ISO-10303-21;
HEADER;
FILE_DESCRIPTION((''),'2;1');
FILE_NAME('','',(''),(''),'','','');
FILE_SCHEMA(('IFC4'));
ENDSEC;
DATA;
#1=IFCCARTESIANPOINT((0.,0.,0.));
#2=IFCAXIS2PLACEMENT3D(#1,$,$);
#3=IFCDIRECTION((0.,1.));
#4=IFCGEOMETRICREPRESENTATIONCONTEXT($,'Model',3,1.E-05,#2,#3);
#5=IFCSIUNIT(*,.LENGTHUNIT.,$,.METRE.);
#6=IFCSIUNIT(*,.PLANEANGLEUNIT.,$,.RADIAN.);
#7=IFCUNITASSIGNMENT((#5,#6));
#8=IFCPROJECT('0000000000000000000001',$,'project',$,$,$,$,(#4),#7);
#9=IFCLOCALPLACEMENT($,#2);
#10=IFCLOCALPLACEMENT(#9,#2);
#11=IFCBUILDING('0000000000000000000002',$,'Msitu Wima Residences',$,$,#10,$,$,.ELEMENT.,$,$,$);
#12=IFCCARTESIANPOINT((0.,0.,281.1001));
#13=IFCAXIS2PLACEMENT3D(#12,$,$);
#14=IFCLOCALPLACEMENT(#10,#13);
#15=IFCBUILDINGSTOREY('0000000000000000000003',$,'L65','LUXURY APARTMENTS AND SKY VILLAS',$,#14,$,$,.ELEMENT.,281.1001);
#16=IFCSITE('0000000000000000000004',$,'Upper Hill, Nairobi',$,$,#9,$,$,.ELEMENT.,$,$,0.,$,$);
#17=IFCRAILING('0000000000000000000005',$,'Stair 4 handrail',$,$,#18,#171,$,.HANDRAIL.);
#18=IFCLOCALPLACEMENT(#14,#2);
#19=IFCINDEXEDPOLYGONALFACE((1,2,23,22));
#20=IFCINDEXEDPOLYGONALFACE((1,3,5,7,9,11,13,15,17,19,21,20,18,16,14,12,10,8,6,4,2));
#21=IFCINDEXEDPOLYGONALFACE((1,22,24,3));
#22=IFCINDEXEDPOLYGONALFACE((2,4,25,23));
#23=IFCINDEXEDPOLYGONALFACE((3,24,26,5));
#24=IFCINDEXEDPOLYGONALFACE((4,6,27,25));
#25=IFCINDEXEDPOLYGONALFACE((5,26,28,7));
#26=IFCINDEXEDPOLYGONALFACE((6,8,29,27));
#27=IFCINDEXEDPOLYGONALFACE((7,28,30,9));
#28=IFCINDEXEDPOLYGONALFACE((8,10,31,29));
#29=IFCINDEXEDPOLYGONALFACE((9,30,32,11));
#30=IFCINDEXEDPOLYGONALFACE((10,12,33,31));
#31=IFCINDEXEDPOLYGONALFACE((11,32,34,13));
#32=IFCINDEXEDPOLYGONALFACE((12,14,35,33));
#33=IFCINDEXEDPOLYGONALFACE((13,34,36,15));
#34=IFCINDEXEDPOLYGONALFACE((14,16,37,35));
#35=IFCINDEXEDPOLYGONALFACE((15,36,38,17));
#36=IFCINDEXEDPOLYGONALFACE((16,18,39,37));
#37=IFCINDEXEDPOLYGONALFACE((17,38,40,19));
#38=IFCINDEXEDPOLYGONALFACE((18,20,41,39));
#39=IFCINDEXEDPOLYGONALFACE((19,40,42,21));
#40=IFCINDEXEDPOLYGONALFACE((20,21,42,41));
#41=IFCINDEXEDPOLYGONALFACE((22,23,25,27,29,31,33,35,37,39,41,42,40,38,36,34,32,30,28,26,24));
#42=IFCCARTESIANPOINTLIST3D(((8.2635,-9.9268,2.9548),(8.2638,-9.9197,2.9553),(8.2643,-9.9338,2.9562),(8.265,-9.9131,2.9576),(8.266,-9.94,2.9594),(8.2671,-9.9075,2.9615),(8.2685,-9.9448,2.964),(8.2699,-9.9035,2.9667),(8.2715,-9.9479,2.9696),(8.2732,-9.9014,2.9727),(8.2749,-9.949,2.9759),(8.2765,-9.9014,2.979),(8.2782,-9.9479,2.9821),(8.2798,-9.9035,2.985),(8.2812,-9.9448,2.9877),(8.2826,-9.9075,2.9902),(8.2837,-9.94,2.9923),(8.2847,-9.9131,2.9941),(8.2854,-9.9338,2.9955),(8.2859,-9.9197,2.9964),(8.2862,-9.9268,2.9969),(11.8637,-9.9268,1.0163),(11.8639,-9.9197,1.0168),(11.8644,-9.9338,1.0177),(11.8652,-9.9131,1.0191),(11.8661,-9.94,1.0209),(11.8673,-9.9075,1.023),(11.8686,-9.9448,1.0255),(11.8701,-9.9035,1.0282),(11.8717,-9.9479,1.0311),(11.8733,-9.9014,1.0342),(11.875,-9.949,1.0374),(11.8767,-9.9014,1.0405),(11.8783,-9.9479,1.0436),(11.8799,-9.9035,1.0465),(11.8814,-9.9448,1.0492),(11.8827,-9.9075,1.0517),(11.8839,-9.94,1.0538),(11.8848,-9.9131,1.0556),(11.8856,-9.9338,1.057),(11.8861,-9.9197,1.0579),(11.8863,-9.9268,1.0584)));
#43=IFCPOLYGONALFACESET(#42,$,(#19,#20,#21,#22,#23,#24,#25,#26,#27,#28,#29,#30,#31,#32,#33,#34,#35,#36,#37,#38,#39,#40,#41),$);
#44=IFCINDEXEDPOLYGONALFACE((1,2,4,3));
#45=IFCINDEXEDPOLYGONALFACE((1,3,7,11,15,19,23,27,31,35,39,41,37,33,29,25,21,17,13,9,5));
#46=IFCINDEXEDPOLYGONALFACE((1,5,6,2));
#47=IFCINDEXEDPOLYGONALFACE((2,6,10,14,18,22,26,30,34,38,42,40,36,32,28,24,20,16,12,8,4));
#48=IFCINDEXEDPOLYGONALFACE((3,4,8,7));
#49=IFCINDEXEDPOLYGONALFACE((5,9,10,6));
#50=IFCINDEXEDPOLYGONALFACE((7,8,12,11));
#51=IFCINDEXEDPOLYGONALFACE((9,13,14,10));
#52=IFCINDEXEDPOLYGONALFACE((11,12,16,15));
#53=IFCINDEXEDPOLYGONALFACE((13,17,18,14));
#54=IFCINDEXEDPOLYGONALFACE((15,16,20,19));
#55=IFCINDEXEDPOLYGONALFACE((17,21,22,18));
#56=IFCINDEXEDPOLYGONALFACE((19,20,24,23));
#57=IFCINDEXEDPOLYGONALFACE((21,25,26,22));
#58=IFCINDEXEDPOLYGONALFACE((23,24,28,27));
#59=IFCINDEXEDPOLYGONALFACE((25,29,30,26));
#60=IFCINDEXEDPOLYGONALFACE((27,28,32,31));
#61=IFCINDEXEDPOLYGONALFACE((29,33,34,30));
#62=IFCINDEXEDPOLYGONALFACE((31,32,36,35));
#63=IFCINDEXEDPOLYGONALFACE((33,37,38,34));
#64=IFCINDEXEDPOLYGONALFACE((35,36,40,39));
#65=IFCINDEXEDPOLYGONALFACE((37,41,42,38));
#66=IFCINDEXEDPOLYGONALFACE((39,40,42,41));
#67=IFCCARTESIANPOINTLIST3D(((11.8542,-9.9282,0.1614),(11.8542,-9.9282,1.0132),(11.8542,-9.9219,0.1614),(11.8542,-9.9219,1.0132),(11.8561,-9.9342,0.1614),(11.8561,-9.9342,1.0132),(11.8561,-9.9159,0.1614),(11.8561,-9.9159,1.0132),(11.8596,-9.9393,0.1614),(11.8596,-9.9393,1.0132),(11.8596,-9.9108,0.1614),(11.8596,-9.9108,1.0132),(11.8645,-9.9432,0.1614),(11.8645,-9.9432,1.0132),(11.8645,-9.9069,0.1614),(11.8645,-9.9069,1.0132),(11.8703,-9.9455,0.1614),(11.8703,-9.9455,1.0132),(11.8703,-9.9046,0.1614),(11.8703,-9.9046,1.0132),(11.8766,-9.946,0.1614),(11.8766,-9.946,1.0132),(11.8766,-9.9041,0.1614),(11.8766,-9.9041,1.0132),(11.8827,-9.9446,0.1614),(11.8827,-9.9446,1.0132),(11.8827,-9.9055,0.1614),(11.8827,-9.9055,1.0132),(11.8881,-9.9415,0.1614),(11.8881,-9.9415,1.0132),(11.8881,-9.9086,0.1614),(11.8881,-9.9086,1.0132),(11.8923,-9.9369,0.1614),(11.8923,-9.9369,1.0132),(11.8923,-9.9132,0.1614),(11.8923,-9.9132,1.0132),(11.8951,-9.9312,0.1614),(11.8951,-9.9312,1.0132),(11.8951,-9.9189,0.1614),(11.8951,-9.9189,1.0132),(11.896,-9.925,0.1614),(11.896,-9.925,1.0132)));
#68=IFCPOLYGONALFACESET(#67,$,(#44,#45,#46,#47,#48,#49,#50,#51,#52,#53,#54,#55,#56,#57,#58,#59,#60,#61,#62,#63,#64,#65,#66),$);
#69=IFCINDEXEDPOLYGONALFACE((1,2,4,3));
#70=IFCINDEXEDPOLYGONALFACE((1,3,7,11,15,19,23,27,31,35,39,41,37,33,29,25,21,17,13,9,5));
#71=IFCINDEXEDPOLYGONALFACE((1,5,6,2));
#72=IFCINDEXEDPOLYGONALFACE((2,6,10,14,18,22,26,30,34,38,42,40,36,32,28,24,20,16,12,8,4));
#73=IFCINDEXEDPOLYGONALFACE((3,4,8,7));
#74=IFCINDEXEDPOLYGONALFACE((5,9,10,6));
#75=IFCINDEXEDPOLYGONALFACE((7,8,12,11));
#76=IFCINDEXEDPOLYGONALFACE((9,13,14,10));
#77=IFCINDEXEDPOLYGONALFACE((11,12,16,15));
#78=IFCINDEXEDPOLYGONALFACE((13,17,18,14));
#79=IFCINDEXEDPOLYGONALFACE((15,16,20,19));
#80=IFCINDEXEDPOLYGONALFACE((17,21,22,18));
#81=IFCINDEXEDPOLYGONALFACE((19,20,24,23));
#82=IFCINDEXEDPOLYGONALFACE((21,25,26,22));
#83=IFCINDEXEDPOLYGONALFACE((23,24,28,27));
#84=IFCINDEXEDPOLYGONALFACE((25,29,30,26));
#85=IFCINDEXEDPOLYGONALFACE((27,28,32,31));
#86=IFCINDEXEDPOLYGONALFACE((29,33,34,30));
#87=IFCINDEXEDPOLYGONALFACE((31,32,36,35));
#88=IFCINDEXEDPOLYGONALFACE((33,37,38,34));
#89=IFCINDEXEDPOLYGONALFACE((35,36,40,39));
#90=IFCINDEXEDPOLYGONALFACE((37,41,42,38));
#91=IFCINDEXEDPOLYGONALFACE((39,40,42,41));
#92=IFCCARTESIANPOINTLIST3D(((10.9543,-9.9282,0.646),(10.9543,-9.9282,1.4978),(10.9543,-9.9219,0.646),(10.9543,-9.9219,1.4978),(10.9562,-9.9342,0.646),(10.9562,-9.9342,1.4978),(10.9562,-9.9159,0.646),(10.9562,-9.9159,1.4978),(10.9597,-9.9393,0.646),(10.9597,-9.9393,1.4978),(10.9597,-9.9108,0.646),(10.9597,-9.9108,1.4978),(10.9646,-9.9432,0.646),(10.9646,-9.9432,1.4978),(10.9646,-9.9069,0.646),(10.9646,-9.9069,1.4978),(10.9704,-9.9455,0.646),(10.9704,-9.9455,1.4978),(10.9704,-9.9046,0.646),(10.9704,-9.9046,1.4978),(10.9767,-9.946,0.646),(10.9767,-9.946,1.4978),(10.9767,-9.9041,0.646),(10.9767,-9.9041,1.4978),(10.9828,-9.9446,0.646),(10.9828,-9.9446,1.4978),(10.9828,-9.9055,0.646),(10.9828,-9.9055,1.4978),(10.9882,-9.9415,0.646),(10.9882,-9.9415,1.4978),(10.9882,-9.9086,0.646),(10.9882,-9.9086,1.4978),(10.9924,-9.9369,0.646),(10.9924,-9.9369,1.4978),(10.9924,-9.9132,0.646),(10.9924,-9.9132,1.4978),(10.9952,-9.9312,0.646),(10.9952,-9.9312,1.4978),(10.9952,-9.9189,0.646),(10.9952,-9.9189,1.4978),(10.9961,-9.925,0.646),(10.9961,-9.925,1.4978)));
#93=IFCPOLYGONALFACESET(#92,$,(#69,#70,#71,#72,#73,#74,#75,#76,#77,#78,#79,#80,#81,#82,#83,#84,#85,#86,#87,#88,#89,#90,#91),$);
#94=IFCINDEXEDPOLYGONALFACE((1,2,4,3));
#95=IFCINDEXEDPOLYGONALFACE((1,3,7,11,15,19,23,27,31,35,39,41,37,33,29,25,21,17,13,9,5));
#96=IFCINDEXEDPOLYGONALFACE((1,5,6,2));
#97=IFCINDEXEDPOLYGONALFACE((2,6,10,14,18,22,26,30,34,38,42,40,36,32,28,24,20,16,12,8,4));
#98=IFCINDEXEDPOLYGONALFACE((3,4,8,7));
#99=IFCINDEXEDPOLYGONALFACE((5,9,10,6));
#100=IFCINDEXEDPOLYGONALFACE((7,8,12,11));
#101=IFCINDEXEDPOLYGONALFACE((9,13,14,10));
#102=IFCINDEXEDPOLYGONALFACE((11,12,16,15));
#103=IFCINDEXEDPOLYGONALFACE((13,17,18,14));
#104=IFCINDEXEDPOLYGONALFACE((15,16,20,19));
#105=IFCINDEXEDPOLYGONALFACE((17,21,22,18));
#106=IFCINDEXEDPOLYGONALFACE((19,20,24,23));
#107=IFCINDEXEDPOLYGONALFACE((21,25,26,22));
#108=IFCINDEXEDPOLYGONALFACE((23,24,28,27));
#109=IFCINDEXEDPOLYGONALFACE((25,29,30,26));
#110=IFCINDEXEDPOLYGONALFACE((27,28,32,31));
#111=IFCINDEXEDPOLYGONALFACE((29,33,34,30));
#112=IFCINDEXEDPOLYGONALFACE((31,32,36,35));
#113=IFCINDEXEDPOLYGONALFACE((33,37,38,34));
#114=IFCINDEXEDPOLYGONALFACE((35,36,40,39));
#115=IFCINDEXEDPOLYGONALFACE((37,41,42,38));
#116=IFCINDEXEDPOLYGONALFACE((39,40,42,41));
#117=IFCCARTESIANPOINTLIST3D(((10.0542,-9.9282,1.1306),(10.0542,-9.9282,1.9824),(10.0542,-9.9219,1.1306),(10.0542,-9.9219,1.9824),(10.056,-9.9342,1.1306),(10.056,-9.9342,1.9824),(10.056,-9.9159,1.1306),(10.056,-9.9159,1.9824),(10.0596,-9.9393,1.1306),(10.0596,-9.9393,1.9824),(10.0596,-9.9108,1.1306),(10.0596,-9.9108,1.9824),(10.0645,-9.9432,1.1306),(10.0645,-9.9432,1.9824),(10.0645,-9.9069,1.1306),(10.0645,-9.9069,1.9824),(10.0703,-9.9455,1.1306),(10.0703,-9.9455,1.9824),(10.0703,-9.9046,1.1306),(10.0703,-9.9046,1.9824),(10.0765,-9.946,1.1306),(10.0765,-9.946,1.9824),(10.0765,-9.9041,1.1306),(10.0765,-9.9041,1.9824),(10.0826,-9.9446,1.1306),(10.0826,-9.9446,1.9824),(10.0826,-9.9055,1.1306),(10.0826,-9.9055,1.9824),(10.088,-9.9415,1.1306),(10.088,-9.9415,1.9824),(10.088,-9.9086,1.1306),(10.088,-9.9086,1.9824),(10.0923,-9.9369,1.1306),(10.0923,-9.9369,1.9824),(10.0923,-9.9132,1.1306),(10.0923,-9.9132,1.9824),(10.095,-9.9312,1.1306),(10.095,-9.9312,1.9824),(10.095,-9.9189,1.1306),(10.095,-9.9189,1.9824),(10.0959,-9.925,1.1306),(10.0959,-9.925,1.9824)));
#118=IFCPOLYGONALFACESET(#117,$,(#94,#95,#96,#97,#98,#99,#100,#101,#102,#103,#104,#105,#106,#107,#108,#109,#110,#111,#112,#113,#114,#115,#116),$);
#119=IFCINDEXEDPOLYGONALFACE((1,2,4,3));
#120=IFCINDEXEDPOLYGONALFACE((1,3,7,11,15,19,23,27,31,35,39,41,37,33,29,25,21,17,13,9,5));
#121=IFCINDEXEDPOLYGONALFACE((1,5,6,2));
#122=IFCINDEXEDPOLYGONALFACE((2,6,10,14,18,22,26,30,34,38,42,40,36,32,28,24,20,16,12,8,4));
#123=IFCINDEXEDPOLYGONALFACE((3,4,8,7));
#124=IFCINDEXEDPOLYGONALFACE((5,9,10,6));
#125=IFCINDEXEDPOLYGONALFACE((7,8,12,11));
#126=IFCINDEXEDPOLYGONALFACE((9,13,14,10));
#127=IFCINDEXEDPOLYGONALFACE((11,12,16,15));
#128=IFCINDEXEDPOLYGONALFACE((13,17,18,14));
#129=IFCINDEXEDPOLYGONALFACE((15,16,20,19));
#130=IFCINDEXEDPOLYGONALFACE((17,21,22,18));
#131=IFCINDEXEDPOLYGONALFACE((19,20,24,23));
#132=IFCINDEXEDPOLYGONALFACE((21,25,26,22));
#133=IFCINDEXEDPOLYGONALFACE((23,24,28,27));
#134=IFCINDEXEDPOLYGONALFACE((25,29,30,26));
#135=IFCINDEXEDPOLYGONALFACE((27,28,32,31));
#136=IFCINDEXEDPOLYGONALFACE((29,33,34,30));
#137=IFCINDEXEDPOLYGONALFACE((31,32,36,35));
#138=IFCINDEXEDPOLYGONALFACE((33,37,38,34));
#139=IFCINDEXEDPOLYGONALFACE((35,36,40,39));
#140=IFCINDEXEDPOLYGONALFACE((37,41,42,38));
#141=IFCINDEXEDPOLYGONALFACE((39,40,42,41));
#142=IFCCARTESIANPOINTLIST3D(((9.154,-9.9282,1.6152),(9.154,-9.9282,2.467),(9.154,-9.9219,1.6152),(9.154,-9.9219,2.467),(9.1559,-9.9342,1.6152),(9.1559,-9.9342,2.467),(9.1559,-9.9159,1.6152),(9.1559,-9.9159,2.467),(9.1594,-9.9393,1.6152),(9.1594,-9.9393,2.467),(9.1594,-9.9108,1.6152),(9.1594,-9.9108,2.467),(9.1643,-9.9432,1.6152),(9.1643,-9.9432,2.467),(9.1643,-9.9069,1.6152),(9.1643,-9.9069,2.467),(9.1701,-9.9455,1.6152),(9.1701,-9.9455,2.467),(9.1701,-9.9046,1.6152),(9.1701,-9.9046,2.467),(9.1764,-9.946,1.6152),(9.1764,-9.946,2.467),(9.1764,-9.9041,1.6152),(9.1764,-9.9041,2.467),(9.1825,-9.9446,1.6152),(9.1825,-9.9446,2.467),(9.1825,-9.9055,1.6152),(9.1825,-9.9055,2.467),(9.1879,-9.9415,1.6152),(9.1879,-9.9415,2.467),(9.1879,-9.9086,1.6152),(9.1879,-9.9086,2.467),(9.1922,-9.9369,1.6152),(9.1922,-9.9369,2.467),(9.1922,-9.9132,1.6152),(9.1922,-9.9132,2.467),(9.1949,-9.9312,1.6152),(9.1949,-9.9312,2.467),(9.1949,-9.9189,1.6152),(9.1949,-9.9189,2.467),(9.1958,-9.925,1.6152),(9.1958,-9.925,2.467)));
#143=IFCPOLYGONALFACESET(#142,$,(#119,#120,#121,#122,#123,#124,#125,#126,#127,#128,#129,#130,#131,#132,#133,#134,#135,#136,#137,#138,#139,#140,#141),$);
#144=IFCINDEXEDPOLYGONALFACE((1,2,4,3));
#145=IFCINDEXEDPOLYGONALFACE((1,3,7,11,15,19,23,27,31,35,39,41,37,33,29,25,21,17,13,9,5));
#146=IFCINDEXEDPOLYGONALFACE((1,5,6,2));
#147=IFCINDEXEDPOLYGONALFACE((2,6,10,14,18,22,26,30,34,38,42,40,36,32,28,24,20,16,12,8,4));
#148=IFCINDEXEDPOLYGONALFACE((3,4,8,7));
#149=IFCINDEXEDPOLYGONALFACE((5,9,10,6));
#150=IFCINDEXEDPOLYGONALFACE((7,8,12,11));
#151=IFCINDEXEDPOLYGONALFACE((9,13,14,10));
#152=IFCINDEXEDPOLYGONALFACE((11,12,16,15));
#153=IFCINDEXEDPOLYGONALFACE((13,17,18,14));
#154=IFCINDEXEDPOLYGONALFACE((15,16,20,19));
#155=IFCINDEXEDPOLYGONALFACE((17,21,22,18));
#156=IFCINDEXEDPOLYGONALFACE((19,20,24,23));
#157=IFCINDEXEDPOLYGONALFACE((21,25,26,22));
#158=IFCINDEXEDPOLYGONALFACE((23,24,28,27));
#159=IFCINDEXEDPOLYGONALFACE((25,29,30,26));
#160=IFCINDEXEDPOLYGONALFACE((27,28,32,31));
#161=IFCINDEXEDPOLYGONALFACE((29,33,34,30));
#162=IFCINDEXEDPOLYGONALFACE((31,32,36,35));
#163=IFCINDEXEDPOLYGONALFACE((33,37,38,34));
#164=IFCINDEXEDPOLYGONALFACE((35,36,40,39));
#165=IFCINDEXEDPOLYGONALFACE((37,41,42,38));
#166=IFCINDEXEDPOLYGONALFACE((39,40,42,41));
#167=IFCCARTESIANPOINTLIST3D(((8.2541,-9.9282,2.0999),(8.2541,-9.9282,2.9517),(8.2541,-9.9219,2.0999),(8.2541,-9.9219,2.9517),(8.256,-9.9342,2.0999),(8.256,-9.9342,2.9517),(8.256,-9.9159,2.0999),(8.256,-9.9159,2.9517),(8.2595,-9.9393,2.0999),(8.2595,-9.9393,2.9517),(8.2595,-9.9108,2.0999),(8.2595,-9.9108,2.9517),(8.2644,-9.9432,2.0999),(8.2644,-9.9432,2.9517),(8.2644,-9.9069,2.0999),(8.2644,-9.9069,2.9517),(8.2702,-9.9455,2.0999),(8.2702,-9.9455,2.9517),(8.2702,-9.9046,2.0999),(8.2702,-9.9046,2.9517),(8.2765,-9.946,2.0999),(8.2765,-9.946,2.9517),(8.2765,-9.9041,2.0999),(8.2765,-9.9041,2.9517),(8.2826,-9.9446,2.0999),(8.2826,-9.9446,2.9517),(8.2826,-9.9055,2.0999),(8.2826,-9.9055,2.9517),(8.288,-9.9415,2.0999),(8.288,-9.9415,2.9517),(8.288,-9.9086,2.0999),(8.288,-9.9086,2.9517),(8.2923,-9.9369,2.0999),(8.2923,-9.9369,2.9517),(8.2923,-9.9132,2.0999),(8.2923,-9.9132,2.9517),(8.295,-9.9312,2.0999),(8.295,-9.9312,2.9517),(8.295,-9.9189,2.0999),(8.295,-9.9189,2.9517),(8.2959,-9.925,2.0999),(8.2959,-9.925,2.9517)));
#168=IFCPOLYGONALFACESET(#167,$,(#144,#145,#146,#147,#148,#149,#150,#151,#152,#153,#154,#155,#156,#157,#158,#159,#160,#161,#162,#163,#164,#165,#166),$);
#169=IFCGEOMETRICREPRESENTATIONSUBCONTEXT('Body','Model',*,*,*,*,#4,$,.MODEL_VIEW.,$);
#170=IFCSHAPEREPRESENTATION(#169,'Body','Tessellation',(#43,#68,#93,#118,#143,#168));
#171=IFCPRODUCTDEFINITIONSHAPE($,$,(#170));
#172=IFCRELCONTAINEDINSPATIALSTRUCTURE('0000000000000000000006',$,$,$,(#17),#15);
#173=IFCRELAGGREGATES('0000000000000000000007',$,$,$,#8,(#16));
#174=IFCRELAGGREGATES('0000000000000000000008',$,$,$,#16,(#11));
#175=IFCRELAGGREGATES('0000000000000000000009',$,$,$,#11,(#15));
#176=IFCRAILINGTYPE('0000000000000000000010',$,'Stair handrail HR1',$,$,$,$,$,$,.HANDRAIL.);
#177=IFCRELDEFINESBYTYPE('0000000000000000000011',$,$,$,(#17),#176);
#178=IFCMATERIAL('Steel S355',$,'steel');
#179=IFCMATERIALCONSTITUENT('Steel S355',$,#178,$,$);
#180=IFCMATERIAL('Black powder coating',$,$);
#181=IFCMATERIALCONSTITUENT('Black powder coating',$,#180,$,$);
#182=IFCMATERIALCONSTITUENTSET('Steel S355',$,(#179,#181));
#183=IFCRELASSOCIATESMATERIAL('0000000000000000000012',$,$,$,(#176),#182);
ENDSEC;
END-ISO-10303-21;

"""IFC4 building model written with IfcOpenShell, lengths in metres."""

from ifc_helpers import new_model, si_unit, direction, frame, origin, origin_2d, place, context, subcontext, project, spatial, circle, extrude, material, constituent, constituent_set, type_object, element, save


model = new_model("IFC4")

# Units and contexts
model_context = context("Model", 3, precision=1e-05, world=origin(), true_north=direction((0.0, 1.0)))
body_context = subcontext(model_context, "Body", "Model", "MODEL_VIEW")
ifc_project = project(units=[si_unit("LENGTHUNIT", "METRE"), si_unit("PLANEANGLEUNIT", "RADIAN")], contexts=[model_context])

# Site, building, storey
site_placement = place(None, origin())
site = spatial("IfcSite", under=ifc_project, at=site_placement, Name="Upper Hill, Nairobi", CompositionType="ELEMENT", RefElevation=0.0)
building_placement = place(site_placement, origin())
building = spatial("IfcBuilding", under=site, at=building_placement, Name="Msitu Wima Residences", CompositionType="ELEMENT")
storey_placement = place(building_placement, frame((0.0, 0.0, 281.1001)))
storey = spatial("IfcBuildingStorey", under=building, at=storey_placement, Name="L65", Description="LUXURY APARTMENTS AND SKY VILLAS", CompositionType="ELEMENT", Elevation=281.1001)

# Railing
ifc_material_1 = material(Name="Steel S355", Category="steel")
ifc_constituent_1 = constituent(ifc_material_1, Name="Steel S355")
ifc_material_2 = material(Name="Black powder coating")
ifc_constituent_2 = constituent(ifc_material_2, Name="Black powder coating")
ifc_constituent_set = constituent_set(constituents=[ifc_constituent_1, ifc_constituent_2], Name="Steel S355")
railing_type = type_object("IfcRailingType", Name="Stair handrail HR1", PredefinedType="HANDRAIL", material=ifc_constituent_set)
for number, where, name in (
    (1, (11.875, -9.925, 0.1614), "Stair 4 handrail"),
):
    element("IfcRailing", number, at=place(storey_placement, frame(where)), inside=storey, type_object=railing_type, Name=name, PredefinedType="HANDRAIL", context=body_context, shape_type="SweptSolid", body=[
        extrude(circle(Radius=0.0239, at=origin_2d()), frame((0.0, 0.0, 0.876), z_axis=(-0.880475, 0.0, 0.474093), x_axis=(0.0, -1.0, 0.0)), (0.0, 0.0, 1.0), 4.0889),
        extrude(circle(Radius=0.021, at=origin_2d()), origin(), (0.0, 0.0, 1.0), 0.8518),
        extrude(circle(Radius=0.021, at=origin_2d()), frame((-0.8999, 0.0, 0.4846)), (0.0, 0.0, 1.0), 0.8518),
        extrude(circle(Radius=0.021, at=origin_2d()), frame((-1.8, 0.0, 0.9692)), (0.0, 0.0, 1.0), 0.8518),
        extrude(circle(Radius=0.021, at=origin_2d()), frame((-2.7002, 0.0, 1.4539)), (0.0, 0.0, 1.0), 0.8518),
        extrude(circle(Radius=0.021, at=origin_2d()), frame((-3.6001, 0.0, 1.9385)), (0.0, 0.0, 1.0), 0.8518),
    ])

save(model, "model.ifc")
